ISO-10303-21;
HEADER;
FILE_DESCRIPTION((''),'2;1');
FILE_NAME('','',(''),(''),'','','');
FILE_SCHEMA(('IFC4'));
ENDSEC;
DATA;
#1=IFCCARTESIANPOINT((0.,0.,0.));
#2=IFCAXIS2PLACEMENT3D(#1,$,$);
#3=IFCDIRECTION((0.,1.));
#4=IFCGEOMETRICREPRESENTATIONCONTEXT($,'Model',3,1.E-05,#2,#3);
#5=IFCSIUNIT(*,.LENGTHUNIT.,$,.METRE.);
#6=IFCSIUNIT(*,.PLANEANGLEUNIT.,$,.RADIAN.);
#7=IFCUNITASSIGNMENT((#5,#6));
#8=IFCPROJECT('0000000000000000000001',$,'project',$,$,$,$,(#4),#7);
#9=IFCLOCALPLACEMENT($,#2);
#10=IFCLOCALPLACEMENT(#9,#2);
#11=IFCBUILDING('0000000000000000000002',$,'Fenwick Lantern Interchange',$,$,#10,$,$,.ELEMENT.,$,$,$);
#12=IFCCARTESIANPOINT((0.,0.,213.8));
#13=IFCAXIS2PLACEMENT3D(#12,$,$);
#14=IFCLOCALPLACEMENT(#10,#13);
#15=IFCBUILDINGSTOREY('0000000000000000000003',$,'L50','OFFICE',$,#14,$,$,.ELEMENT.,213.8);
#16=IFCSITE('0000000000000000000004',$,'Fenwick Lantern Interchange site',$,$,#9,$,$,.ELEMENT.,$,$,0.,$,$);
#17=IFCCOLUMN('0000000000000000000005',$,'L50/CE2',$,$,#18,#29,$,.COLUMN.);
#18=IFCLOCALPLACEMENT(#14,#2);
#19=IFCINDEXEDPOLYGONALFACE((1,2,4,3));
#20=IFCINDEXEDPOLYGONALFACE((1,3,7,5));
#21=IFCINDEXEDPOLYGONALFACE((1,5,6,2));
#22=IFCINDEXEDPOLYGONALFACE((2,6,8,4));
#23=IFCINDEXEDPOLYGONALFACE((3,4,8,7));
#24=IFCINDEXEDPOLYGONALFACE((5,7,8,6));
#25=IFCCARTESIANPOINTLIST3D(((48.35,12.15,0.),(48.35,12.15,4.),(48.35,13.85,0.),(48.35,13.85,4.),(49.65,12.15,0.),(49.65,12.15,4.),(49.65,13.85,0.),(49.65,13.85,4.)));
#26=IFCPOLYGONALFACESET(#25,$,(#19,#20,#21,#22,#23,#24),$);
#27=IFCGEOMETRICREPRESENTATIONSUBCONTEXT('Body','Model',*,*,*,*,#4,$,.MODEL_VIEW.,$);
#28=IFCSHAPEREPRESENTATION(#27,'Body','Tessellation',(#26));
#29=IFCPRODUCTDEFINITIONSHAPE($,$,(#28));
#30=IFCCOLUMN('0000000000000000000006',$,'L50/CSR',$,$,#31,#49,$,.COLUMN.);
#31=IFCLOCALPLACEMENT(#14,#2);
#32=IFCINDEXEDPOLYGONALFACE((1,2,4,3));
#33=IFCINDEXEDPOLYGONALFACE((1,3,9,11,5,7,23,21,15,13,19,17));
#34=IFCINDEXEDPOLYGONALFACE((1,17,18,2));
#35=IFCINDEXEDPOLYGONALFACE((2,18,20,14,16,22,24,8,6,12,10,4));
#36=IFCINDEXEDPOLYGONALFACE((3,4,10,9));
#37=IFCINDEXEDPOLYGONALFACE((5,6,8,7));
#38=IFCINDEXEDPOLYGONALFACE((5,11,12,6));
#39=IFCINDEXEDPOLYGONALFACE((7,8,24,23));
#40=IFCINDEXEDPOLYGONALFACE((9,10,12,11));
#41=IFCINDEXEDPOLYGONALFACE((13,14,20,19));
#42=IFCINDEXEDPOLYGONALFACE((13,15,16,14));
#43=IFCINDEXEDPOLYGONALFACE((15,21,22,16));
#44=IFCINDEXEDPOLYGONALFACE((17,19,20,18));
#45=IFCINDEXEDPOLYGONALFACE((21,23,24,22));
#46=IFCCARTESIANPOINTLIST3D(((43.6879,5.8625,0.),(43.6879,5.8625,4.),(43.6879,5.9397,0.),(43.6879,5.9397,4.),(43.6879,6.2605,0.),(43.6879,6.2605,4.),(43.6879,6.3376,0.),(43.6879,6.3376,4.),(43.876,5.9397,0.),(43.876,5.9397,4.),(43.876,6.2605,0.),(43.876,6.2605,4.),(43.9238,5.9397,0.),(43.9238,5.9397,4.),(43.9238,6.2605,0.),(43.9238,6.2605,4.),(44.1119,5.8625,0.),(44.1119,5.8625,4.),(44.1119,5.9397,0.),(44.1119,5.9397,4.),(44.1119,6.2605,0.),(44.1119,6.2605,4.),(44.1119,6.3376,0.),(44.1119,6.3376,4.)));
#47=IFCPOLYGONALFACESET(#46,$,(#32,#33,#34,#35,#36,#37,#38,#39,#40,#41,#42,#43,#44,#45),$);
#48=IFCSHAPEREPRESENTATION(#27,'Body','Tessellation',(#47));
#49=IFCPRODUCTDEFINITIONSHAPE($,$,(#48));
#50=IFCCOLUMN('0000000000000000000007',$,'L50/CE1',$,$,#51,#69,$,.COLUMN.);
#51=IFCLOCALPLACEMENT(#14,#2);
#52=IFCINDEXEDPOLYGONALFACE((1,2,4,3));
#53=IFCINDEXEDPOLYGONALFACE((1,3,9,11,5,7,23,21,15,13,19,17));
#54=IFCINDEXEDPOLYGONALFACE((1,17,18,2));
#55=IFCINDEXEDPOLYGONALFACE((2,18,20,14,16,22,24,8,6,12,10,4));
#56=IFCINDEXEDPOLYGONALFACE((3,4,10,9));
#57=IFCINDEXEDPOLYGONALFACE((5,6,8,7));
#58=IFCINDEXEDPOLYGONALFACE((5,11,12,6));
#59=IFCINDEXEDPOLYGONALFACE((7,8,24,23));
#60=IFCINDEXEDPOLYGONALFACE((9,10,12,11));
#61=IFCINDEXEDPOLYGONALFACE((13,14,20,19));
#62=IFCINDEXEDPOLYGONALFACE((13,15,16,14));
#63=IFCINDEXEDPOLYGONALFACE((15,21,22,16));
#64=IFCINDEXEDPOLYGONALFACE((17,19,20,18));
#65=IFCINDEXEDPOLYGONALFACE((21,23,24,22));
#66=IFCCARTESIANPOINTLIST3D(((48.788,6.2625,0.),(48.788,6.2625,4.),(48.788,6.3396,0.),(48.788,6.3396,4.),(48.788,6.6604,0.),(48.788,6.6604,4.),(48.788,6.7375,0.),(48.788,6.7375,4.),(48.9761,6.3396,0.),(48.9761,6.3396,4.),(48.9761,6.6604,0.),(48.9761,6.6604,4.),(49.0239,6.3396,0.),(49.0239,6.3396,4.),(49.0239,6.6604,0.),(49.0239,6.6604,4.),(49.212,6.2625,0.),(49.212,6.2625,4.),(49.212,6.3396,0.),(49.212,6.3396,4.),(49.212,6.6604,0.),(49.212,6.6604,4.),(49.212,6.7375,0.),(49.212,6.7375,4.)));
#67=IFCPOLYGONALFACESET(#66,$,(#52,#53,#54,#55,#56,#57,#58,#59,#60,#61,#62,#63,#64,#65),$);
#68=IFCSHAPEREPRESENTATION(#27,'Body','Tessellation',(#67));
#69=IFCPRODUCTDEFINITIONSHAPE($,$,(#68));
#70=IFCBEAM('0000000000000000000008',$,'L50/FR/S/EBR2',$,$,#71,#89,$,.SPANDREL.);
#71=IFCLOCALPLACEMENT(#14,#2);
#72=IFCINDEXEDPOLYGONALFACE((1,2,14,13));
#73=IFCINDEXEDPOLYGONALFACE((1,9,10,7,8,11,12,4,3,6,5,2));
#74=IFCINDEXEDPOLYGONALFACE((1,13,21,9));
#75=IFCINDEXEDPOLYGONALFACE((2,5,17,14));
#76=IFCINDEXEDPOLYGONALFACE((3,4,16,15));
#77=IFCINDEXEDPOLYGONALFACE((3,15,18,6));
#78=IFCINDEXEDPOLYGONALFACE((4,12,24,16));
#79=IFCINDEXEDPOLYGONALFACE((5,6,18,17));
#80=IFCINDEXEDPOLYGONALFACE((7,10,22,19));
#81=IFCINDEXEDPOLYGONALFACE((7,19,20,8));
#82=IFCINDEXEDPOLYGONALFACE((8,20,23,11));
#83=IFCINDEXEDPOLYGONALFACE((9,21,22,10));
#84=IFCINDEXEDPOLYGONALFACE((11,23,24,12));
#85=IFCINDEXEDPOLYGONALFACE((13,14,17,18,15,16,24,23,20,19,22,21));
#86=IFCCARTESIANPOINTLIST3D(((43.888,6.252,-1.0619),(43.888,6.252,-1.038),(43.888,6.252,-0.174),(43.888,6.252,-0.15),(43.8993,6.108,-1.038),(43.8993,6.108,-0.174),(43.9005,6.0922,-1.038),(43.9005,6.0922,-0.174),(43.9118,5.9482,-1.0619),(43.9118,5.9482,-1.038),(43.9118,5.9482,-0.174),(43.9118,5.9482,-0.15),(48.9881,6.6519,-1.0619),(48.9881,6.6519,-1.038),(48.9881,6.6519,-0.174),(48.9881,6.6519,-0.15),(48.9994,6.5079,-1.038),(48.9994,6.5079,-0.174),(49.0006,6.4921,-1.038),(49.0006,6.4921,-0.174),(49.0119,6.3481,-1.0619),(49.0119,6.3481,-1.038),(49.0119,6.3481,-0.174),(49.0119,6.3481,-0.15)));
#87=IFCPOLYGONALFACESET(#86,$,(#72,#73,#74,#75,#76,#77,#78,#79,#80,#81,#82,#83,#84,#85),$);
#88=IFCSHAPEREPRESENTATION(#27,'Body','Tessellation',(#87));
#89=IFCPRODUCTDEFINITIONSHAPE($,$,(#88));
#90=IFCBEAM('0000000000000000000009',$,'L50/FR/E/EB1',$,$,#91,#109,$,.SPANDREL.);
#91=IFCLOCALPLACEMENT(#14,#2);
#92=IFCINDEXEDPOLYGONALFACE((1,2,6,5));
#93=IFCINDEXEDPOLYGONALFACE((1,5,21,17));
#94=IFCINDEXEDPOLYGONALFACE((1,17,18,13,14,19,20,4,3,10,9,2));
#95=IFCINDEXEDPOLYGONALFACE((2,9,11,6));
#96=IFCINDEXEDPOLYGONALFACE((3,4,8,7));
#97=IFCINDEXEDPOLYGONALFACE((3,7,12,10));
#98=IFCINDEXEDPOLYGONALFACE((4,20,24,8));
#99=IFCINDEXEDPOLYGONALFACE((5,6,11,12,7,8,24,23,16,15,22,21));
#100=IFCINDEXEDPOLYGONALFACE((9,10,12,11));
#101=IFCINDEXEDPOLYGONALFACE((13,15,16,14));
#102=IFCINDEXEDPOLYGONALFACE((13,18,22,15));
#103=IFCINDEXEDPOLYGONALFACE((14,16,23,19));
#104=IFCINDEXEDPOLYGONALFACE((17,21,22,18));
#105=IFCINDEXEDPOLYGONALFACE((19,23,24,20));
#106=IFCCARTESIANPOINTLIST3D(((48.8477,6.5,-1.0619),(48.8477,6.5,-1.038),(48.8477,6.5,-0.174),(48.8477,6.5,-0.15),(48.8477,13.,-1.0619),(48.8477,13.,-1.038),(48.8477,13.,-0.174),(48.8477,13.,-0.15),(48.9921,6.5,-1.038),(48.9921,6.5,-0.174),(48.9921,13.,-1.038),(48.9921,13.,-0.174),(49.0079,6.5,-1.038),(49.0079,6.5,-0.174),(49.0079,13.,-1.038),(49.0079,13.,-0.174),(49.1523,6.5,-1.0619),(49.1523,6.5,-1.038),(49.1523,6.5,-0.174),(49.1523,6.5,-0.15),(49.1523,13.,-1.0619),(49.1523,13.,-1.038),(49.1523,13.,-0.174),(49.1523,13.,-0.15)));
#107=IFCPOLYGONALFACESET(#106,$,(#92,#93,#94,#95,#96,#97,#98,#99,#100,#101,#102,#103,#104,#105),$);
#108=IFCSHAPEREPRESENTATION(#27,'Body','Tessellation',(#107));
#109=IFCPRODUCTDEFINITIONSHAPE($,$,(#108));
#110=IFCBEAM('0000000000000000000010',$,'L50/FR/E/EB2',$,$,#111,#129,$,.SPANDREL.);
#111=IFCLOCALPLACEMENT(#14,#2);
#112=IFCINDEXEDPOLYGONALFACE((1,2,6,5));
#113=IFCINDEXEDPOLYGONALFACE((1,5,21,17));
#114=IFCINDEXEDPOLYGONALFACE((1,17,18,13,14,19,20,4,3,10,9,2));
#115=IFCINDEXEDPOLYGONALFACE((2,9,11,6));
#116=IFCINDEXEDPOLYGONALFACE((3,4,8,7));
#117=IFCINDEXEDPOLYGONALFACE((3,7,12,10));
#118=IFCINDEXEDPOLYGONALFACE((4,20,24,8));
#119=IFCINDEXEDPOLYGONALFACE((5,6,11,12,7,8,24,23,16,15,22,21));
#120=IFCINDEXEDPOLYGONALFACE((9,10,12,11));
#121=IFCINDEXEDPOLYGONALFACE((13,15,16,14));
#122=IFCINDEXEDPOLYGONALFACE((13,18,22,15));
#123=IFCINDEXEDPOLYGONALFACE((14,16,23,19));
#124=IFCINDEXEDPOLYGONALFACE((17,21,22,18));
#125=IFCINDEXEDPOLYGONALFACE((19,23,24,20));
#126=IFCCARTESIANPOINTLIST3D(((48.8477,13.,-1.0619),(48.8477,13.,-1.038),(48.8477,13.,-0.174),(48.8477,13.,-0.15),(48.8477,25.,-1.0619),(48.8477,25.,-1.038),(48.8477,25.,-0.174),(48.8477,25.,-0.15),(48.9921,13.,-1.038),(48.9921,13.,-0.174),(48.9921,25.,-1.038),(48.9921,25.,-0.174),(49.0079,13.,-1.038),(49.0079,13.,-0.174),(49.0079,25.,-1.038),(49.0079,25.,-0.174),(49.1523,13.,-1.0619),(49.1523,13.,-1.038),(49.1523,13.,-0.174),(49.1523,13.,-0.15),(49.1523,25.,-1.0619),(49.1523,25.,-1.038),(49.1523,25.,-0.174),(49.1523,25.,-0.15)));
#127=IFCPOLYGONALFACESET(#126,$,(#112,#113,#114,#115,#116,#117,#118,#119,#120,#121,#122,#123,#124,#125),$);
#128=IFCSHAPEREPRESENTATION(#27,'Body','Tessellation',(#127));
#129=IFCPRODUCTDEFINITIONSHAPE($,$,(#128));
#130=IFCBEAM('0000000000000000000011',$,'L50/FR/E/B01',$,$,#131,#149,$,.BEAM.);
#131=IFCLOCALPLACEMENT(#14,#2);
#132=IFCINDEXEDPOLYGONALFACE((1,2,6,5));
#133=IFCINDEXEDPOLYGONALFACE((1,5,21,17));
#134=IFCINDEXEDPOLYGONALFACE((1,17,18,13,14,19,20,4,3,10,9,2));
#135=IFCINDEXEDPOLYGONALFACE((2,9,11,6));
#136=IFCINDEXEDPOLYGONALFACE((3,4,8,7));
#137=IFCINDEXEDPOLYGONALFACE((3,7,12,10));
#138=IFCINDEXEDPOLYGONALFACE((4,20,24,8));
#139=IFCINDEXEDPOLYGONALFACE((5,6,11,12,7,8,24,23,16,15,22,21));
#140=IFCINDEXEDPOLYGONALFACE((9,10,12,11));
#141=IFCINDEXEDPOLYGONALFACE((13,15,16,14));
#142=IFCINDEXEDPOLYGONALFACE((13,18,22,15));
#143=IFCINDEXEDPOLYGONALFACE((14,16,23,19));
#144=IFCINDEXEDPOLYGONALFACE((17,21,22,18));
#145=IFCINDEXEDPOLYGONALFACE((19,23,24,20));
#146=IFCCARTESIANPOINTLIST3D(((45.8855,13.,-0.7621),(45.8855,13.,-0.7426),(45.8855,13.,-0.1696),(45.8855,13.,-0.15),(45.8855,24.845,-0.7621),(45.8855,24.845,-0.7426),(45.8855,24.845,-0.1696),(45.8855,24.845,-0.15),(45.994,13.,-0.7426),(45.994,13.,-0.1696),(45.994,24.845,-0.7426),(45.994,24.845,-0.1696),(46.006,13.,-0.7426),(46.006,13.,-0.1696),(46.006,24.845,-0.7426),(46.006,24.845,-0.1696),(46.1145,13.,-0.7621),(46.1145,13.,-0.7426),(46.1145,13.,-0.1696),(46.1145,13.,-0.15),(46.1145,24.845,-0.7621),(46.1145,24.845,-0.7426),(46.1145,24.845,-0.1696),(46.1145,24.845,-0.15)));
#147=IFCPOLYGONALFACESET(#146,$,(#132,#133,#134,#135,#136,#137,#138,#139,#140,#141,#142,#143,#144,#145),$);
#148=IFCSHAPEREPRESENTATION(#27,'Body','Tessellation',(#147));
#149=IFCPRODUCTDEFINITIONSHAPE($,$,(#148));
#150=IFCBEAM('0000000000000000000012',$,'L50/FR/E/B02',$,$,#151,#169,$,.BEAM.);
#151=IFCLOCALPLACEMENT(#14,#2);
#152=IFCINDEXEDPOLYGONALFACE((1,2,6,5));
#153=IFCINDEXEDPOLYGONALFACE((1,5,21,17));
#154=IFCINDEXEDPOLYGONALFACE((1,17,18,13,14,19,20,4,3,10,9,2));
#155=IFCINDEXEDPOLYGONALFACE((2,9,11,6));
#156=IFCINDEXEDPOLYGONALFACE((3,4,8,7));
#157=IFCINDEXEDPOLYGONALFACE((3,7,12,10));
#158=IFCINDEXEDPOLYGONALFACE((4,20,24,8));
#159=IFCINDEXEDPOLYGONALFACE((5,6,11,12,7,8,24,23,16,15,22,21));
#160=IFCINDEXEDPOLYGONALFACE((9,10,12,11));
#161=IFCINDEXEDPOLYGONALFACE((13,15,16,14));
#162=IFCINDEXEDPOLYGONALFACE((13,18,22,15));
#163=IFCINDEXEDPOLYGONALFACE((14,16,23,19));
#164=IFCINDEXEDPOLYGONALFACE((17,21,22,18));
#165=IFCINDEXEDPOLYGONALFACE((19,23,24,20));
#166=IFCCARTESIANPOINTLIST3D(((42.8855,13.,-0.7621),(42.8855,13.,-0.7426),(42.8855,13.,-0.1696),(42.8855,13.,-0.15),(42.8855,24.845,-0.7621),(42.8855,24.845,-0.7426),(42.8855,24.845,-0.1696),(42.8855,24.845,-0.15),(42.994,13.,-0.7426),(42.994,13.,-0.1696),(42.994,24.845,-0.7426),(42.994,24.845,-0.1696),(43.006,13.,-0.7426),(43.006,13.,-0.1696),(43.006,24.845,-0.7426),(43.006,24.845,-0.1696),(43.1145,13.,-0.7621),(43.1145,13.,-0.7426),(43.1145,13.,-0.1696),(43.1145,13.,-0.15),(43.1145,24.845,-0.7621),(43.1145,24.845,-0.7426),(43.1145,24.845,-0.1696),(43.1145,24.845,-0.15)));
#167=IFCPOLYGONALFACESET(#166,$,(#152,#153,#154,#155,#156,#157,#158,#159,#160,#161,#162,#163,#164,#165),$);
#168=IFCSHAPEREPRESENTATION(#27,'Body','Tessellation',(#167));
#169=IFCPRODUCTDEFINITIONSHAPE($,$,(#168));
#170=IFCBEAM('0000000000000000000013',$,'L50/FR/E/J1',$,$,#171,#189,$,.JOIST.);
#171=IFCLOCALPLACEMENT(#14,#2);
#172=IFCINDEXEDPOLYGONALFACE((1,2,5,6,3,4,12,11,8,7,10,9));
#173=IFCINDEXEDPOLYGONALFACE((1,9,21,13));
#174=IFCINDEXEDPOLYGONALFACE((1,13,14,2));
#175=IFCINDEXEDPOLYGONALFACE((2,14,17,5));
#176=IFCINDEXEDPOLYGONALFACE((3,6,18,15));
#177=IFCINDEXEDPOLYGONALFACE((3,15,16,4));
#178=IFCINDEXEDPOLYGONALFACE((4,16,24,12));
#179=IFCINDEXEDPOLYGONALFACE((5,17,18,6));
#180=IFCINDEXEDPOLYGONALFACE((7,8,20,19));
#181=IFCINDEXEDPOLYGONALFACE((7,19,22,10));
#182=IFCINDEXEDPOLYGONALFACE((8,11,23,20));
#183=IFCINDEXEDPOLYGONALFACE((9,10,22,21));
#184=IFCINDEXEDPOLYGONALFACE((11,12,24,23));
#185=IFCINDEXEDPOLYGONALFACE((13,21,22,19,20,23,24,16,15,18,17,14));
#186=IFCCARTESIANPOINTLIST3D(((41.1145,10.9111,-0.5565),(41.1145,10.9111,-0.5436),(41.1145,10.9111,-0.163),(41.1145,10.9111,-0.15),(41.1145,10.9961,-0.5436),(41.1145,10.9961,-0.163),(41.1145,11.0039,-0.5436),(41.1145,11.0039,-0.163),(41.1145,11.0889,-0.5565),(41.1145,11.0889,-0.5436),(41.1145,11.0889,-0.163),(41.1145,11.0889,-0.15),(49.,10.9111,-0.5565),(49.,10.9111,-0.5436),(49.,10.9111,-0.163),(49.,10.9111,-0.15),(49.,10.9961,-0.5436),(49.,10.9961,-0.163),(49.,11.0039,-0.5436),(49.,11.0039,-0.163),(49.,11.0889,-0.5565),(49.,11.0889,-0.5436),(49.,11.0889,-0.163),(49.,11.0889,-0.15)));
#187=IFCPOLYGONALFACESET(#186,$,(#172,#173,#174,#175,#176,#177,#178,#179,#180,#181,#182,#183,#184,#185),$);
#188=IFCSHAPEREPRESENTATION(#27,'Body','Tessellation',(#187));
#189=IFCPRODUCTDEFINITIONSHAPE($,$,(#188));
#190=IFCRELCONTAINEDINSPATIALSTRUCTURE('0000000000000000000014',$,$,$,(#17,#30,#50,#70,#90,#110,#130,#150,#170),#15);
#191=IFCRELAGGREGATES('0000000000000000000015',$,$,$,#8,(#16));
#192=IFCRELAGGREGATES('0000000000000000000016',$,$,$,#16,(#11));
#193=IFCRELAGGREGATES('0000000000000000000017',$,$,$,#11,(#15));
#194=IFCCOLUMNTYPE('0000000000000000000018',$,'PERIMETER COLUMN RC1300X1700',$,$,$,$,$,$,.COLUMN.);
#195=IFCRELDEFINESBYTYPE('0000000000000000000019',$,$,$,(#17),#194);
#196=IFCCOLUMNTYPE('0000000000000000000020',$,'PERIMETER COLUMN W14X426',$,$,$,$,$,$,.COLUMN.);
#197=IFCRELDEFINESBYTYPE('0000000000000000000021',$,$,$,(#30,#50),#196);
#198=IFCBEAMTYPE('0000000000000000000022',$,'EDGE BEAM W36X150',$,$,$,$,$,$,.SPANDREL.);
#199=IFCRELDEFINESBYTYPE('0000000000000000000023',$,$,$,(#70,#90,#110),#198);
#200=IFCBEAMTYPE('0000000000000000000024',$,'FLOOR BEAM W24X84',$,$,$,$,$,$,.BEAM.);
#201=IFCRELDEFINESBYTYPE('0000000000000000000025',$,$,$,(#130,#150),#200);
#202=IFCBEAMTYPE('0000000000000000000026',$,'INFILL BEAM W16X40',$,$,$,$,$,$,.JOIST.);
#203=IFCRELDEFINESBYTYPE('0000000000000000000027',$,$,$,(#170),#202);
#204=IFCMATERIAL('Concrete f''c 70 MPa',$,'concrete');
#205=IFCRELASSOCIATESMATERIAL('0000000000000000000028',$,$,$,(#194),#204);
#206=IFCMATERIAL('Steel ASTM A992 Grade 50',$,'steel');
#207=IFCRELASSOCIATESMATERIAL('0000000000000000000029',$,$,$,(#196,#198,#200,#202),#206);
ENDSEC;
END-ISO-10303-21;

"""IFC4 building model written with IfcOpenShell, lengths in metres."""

from ifc_helpers import new_model, si_unit, direction, frame, origin, origin_2d, place, context, subcontext, project, spatial, rectangle, i_section, extrude, material, material_profile, profile_set, type_object, element, save


model = new_model("IFC4")

# Units and contexts
model_context = context("Model", 3, precision=1e-05, world=origin(), true_north=direction((0.0, 1.0)))
body_context = subcontext(model_context, "Body", "Model", "MODEL_VIEW")
ifc_project = project(units=[si_unit("LENGTHUNIT", "METRE"), si_unit("PLANEANGLEUNIT", "RADIAN")], contexts=[model_context])

# Site, building, storey
site_placement = place(None, origin())
site = spatial("IfcSite", under=ifc_project, at=site_placement, Name="Fenwick Lantern Interchange site", CompositionType="ELEMENT", RefElevation=0.0)
building_placement = place(site_placement, origin())
building = spatial("IfcBuilding", under=site, at=building_placement, Name="Fenwick Lantern Interchange", CompositionType="ELEMENT")
storey_placement = place(building_placement, frame((0.0, 0.0, 213.8)))
storey = spatial("IfcBuildingStorey", under=building, at=storey_placement, Name="L50", Description="OFFICE", CompositionType="ELEMENT", Elevation=213.8)

# Columns
ifc_material_1 = material(Name="Concrete f'c 70 MPa", Category="concrete")
ifc_material_profile_1 = material_profile(ifc_material_1, rectangle(XDim=1.3, YDim=1.7, at=origin_2d()), Name="RC1300X1700")
ifc_profile_set_1 = profile_set([ifc_material_profile_1], Name="Concrete f'c 70 MPa")
column_type_1 = type_object("IfcColumnType", Name="PERIMETER COLUMN RC1300X1700", PredefinedType="COLUMN", material=ifc_profile_set_1)
column_placement = place(storey_placement, frame((49.0, 13.0, 0.0), z_axis=(0.0, 0.0, 1.0), x_axis=(1.0, 0.0, 0.0)))
element("IfcColumn", 1, at=column_placement, inside=storey, type_object=column_type_1, Name="L50/CE2", PredefinedType="COLUMN", context=body_context, shape_type="SweptSolid", body=[
    extrude(rectangle(XDim=1.3, YDim=1.7, at=origin_2d()), origin(), (0.0, 0.0, 1.0), 4.0),
])
ifc_material_2 = material(Name="Steel ASTM A992 Grade 50", Category="steel")
ifc_material_profile_2 = material_profile(ifc_material_2, i_section(OverallWidth=0.4241, OverallDepth=0.4751, WebThickness=0.0479, FlangeThickness=0.0771, at=origin_2d()), Name="W14X426")
ifc_profile_set_2 = profile_set([ifc_material_profile_2], Name="Steel ASTM A992 Grade 50")
column_type_2 = type_object("IfcColumnType", Name="PERIMETER COLUMN W14X426", PredefinedType="COLUMN", material=ifc_profile_set_2)
for number, where, z_axis, x_axis, name in (
    (2, (43.8999, 6.1001, 0.0), (0.0, 0.0, 1.0), (1.0, 0.0, 0.0), "L50/CSR"),
    (3, (49.0, 6.5, 0.0), (0.0, 0.0, 1.0), (1.0, 0.0, 0.0), "L50/CE1"),
):
    element("IfcColumn", number, at=place(storey_placement, frame(where, z_axis=z_axis, x_axis=x_axis)), inside=storey, type_object=column_type_2, Name=name, PredefinedType="COLUMN", context=body_context, shape_type="SweptSolid", body=[
        extrude(i_section(OverallWidth=0.4241, OverallDepth=0.4751, WebThickness=0.0479, FlangeThickness=0.0771, at=origin_2d()), origin(), (0.0, 0.0, 1.0), 4.0),
    ])

# Beams
ifc_material_profile_3 = material_profile(ifc_material_2, i_section(OverallWidth=0.3047, OverallDepth=0.9119, WebThickness=0.0159, FlangeThickness=0.0239, at=origin_2d()), Name="W36X150")
ifc_profile_set_3 = profile_set([ifc_material_profile_3], Name="Steel ASTM A992 Grade 50")
beam_type_1 = type_object("IfcBeamType", Name="EDGE BEAM W36X150", PredefinedType="SPANDREL", material=ifc_profile_set_3)
beam_1_placement = place(storey_placement, frame((43.8999, 6.1001, -0.606), z_axis=(0.99694, 0.078171, 0.0), x_axis=(-0.078171, 0.99694, 0.0)))
element("IfcBeam", 4, at=beam_1_placement, inside=storey, type_object=beam_type_1, Name="L50/FR/S/EBR2", PredefinedType="SPANDREL", context=body_context, shape_type="SweptSolid", body=[
    extrude(i_section(OverallWidth=0.3047, OverallDepth=0.9119, WebThickness=0.0159, FlangeThickness=0.0239, at=origin_2d()), origin(), (0.0, 0.0, 1.0), 5.1157),
])
beam_2_placement = place(storey_placement, frame((49.0, 6.5, -0.606), z_axis=(0.0, 1.0, 0.0), x_axis=(-1.0, 0.0, 0.0)))
element("IfcBeam", 5, at=beam_2_placement, inside=storey, type_object=beam_type_1, Name="L50/FR/E/EB1", PredefinedType="SPANDREL", context=body_context, shape_type="SweptSolid", body=[
    extrude(i_section(OverallWidth=0.3047, OverallDepth=0.9119, WebThickness=0.0159, FlangeThickness=0.0239, at=origin_2d()), origin(), (0.0, 0.0, 1.0), 6.5),
])
beam_3_placement = place(storey_placement, frame((49.0, 13.0, -0.606), z_axis=(0.0, 1.0, 0.0), x_axis=(-1.0, 0.0, 0.0)))
element("IfcBeam", 6, at=beam_3_placement, inside=storey, type_object=beam_type_1, Name="L50/FR/E/EB2", PredefinedType="SPANDREL", context=body_context, shape_type="SweptSolid", body=[
    extrude(i_section(OverallWidth=0.3047, OverallDepth=0.9119, WebThickness=0.0159, FlangeThickness=0.0239, at=origin_2d()), origin(), (0.0, 0.0, 1.0), 12.0),
])
ifc_material_profile_4 = material_profile(ifc_material_2, i_section(OverallWidth=0.229, OverallDepth=0.6121, WebThickness=0.012, FlangeThickness=0.0195, at=origin_2d()), Name="W24X84")
ifc_profile_set_4 = profile_set([ifc_material_profile_4], Name="Steel ASTM A992 Grade 50")
beam_type_2 = type_object("IfcBeamType", Name="FLOOR BEAM W24X84", PredefinedType="BEAM", material=ifc_profile_set_4)
for number, where, z_axis, x_axis, name in (
    (7, (46.0, 13.0, -0.4561), (0.0, 1.0, 0.0), (-1.0, 0.0, 0.0), "L50/FR/E/B01"),
    (8, (43.0, 13.0, -0.4561), (0.0, 1.0, 0.0), (-1.0, 0.0, 0.0), "L50/FR/E/B02"),
):
    element("IfcBeam", number, at=place(storey_placement, frame(where, z_axis=z_axis, x_axis=x_axis)), inside=storey, type_object=beam_type_2, Name=name, PredefinedType="BEAM", context=body_context, shape_type="SweptSolid", body=[
        extrude(i_section(OverallWidth=0.229, OverallDepth=0.6121, WebThickness=0.012, FlangeThickness=0.0195, at=origin_2d()), origin(), (0.0, 0.0, 1.0), 11.845),
    ])
ifc_material_profile_5 = material_profile(ifc_material_2, i_section(OverallWidth=0.1777, OverallDepth=0.4065, WebThickness=0.0078, FlangeThickness=0.0129, at=origin_2d()), Name="W16X40")
ifc_profile_set_5 = profile_set([ifc_material_profile_5], Name="Steel ASTM A992 Grade 50")
beam_type_3 = type_object("IfcBeamType", Name="INFILL BEAM W16X40", PredefinedType="JOIST", material=ifc_profile_set_5)
beam_4_placement = place(storey_placement, frame((49.0, 11.0, -0.3533), z_axis=(-1.0, 0.0, 0.0), x_axis=(0.0, -1.0, 0.0)))
element("IfcBeam", 9, at=beam_4_placement, inside=storey, type_object=beam_type_3, Name="L50/FR/E/J1", PredefinedType="JOIST", context=body_context, shape_type="SweptSolid", body=[
    extrude(i_section(OverallWidth=0.1777, OverallDepth=0.4065, WebThickness=0.0078, FlangeThickness=0.0129, at=origin_2d()), origin(), (0.0, 0.0, 1.0), 7.8855),
])

save(model, "model.ifc")
